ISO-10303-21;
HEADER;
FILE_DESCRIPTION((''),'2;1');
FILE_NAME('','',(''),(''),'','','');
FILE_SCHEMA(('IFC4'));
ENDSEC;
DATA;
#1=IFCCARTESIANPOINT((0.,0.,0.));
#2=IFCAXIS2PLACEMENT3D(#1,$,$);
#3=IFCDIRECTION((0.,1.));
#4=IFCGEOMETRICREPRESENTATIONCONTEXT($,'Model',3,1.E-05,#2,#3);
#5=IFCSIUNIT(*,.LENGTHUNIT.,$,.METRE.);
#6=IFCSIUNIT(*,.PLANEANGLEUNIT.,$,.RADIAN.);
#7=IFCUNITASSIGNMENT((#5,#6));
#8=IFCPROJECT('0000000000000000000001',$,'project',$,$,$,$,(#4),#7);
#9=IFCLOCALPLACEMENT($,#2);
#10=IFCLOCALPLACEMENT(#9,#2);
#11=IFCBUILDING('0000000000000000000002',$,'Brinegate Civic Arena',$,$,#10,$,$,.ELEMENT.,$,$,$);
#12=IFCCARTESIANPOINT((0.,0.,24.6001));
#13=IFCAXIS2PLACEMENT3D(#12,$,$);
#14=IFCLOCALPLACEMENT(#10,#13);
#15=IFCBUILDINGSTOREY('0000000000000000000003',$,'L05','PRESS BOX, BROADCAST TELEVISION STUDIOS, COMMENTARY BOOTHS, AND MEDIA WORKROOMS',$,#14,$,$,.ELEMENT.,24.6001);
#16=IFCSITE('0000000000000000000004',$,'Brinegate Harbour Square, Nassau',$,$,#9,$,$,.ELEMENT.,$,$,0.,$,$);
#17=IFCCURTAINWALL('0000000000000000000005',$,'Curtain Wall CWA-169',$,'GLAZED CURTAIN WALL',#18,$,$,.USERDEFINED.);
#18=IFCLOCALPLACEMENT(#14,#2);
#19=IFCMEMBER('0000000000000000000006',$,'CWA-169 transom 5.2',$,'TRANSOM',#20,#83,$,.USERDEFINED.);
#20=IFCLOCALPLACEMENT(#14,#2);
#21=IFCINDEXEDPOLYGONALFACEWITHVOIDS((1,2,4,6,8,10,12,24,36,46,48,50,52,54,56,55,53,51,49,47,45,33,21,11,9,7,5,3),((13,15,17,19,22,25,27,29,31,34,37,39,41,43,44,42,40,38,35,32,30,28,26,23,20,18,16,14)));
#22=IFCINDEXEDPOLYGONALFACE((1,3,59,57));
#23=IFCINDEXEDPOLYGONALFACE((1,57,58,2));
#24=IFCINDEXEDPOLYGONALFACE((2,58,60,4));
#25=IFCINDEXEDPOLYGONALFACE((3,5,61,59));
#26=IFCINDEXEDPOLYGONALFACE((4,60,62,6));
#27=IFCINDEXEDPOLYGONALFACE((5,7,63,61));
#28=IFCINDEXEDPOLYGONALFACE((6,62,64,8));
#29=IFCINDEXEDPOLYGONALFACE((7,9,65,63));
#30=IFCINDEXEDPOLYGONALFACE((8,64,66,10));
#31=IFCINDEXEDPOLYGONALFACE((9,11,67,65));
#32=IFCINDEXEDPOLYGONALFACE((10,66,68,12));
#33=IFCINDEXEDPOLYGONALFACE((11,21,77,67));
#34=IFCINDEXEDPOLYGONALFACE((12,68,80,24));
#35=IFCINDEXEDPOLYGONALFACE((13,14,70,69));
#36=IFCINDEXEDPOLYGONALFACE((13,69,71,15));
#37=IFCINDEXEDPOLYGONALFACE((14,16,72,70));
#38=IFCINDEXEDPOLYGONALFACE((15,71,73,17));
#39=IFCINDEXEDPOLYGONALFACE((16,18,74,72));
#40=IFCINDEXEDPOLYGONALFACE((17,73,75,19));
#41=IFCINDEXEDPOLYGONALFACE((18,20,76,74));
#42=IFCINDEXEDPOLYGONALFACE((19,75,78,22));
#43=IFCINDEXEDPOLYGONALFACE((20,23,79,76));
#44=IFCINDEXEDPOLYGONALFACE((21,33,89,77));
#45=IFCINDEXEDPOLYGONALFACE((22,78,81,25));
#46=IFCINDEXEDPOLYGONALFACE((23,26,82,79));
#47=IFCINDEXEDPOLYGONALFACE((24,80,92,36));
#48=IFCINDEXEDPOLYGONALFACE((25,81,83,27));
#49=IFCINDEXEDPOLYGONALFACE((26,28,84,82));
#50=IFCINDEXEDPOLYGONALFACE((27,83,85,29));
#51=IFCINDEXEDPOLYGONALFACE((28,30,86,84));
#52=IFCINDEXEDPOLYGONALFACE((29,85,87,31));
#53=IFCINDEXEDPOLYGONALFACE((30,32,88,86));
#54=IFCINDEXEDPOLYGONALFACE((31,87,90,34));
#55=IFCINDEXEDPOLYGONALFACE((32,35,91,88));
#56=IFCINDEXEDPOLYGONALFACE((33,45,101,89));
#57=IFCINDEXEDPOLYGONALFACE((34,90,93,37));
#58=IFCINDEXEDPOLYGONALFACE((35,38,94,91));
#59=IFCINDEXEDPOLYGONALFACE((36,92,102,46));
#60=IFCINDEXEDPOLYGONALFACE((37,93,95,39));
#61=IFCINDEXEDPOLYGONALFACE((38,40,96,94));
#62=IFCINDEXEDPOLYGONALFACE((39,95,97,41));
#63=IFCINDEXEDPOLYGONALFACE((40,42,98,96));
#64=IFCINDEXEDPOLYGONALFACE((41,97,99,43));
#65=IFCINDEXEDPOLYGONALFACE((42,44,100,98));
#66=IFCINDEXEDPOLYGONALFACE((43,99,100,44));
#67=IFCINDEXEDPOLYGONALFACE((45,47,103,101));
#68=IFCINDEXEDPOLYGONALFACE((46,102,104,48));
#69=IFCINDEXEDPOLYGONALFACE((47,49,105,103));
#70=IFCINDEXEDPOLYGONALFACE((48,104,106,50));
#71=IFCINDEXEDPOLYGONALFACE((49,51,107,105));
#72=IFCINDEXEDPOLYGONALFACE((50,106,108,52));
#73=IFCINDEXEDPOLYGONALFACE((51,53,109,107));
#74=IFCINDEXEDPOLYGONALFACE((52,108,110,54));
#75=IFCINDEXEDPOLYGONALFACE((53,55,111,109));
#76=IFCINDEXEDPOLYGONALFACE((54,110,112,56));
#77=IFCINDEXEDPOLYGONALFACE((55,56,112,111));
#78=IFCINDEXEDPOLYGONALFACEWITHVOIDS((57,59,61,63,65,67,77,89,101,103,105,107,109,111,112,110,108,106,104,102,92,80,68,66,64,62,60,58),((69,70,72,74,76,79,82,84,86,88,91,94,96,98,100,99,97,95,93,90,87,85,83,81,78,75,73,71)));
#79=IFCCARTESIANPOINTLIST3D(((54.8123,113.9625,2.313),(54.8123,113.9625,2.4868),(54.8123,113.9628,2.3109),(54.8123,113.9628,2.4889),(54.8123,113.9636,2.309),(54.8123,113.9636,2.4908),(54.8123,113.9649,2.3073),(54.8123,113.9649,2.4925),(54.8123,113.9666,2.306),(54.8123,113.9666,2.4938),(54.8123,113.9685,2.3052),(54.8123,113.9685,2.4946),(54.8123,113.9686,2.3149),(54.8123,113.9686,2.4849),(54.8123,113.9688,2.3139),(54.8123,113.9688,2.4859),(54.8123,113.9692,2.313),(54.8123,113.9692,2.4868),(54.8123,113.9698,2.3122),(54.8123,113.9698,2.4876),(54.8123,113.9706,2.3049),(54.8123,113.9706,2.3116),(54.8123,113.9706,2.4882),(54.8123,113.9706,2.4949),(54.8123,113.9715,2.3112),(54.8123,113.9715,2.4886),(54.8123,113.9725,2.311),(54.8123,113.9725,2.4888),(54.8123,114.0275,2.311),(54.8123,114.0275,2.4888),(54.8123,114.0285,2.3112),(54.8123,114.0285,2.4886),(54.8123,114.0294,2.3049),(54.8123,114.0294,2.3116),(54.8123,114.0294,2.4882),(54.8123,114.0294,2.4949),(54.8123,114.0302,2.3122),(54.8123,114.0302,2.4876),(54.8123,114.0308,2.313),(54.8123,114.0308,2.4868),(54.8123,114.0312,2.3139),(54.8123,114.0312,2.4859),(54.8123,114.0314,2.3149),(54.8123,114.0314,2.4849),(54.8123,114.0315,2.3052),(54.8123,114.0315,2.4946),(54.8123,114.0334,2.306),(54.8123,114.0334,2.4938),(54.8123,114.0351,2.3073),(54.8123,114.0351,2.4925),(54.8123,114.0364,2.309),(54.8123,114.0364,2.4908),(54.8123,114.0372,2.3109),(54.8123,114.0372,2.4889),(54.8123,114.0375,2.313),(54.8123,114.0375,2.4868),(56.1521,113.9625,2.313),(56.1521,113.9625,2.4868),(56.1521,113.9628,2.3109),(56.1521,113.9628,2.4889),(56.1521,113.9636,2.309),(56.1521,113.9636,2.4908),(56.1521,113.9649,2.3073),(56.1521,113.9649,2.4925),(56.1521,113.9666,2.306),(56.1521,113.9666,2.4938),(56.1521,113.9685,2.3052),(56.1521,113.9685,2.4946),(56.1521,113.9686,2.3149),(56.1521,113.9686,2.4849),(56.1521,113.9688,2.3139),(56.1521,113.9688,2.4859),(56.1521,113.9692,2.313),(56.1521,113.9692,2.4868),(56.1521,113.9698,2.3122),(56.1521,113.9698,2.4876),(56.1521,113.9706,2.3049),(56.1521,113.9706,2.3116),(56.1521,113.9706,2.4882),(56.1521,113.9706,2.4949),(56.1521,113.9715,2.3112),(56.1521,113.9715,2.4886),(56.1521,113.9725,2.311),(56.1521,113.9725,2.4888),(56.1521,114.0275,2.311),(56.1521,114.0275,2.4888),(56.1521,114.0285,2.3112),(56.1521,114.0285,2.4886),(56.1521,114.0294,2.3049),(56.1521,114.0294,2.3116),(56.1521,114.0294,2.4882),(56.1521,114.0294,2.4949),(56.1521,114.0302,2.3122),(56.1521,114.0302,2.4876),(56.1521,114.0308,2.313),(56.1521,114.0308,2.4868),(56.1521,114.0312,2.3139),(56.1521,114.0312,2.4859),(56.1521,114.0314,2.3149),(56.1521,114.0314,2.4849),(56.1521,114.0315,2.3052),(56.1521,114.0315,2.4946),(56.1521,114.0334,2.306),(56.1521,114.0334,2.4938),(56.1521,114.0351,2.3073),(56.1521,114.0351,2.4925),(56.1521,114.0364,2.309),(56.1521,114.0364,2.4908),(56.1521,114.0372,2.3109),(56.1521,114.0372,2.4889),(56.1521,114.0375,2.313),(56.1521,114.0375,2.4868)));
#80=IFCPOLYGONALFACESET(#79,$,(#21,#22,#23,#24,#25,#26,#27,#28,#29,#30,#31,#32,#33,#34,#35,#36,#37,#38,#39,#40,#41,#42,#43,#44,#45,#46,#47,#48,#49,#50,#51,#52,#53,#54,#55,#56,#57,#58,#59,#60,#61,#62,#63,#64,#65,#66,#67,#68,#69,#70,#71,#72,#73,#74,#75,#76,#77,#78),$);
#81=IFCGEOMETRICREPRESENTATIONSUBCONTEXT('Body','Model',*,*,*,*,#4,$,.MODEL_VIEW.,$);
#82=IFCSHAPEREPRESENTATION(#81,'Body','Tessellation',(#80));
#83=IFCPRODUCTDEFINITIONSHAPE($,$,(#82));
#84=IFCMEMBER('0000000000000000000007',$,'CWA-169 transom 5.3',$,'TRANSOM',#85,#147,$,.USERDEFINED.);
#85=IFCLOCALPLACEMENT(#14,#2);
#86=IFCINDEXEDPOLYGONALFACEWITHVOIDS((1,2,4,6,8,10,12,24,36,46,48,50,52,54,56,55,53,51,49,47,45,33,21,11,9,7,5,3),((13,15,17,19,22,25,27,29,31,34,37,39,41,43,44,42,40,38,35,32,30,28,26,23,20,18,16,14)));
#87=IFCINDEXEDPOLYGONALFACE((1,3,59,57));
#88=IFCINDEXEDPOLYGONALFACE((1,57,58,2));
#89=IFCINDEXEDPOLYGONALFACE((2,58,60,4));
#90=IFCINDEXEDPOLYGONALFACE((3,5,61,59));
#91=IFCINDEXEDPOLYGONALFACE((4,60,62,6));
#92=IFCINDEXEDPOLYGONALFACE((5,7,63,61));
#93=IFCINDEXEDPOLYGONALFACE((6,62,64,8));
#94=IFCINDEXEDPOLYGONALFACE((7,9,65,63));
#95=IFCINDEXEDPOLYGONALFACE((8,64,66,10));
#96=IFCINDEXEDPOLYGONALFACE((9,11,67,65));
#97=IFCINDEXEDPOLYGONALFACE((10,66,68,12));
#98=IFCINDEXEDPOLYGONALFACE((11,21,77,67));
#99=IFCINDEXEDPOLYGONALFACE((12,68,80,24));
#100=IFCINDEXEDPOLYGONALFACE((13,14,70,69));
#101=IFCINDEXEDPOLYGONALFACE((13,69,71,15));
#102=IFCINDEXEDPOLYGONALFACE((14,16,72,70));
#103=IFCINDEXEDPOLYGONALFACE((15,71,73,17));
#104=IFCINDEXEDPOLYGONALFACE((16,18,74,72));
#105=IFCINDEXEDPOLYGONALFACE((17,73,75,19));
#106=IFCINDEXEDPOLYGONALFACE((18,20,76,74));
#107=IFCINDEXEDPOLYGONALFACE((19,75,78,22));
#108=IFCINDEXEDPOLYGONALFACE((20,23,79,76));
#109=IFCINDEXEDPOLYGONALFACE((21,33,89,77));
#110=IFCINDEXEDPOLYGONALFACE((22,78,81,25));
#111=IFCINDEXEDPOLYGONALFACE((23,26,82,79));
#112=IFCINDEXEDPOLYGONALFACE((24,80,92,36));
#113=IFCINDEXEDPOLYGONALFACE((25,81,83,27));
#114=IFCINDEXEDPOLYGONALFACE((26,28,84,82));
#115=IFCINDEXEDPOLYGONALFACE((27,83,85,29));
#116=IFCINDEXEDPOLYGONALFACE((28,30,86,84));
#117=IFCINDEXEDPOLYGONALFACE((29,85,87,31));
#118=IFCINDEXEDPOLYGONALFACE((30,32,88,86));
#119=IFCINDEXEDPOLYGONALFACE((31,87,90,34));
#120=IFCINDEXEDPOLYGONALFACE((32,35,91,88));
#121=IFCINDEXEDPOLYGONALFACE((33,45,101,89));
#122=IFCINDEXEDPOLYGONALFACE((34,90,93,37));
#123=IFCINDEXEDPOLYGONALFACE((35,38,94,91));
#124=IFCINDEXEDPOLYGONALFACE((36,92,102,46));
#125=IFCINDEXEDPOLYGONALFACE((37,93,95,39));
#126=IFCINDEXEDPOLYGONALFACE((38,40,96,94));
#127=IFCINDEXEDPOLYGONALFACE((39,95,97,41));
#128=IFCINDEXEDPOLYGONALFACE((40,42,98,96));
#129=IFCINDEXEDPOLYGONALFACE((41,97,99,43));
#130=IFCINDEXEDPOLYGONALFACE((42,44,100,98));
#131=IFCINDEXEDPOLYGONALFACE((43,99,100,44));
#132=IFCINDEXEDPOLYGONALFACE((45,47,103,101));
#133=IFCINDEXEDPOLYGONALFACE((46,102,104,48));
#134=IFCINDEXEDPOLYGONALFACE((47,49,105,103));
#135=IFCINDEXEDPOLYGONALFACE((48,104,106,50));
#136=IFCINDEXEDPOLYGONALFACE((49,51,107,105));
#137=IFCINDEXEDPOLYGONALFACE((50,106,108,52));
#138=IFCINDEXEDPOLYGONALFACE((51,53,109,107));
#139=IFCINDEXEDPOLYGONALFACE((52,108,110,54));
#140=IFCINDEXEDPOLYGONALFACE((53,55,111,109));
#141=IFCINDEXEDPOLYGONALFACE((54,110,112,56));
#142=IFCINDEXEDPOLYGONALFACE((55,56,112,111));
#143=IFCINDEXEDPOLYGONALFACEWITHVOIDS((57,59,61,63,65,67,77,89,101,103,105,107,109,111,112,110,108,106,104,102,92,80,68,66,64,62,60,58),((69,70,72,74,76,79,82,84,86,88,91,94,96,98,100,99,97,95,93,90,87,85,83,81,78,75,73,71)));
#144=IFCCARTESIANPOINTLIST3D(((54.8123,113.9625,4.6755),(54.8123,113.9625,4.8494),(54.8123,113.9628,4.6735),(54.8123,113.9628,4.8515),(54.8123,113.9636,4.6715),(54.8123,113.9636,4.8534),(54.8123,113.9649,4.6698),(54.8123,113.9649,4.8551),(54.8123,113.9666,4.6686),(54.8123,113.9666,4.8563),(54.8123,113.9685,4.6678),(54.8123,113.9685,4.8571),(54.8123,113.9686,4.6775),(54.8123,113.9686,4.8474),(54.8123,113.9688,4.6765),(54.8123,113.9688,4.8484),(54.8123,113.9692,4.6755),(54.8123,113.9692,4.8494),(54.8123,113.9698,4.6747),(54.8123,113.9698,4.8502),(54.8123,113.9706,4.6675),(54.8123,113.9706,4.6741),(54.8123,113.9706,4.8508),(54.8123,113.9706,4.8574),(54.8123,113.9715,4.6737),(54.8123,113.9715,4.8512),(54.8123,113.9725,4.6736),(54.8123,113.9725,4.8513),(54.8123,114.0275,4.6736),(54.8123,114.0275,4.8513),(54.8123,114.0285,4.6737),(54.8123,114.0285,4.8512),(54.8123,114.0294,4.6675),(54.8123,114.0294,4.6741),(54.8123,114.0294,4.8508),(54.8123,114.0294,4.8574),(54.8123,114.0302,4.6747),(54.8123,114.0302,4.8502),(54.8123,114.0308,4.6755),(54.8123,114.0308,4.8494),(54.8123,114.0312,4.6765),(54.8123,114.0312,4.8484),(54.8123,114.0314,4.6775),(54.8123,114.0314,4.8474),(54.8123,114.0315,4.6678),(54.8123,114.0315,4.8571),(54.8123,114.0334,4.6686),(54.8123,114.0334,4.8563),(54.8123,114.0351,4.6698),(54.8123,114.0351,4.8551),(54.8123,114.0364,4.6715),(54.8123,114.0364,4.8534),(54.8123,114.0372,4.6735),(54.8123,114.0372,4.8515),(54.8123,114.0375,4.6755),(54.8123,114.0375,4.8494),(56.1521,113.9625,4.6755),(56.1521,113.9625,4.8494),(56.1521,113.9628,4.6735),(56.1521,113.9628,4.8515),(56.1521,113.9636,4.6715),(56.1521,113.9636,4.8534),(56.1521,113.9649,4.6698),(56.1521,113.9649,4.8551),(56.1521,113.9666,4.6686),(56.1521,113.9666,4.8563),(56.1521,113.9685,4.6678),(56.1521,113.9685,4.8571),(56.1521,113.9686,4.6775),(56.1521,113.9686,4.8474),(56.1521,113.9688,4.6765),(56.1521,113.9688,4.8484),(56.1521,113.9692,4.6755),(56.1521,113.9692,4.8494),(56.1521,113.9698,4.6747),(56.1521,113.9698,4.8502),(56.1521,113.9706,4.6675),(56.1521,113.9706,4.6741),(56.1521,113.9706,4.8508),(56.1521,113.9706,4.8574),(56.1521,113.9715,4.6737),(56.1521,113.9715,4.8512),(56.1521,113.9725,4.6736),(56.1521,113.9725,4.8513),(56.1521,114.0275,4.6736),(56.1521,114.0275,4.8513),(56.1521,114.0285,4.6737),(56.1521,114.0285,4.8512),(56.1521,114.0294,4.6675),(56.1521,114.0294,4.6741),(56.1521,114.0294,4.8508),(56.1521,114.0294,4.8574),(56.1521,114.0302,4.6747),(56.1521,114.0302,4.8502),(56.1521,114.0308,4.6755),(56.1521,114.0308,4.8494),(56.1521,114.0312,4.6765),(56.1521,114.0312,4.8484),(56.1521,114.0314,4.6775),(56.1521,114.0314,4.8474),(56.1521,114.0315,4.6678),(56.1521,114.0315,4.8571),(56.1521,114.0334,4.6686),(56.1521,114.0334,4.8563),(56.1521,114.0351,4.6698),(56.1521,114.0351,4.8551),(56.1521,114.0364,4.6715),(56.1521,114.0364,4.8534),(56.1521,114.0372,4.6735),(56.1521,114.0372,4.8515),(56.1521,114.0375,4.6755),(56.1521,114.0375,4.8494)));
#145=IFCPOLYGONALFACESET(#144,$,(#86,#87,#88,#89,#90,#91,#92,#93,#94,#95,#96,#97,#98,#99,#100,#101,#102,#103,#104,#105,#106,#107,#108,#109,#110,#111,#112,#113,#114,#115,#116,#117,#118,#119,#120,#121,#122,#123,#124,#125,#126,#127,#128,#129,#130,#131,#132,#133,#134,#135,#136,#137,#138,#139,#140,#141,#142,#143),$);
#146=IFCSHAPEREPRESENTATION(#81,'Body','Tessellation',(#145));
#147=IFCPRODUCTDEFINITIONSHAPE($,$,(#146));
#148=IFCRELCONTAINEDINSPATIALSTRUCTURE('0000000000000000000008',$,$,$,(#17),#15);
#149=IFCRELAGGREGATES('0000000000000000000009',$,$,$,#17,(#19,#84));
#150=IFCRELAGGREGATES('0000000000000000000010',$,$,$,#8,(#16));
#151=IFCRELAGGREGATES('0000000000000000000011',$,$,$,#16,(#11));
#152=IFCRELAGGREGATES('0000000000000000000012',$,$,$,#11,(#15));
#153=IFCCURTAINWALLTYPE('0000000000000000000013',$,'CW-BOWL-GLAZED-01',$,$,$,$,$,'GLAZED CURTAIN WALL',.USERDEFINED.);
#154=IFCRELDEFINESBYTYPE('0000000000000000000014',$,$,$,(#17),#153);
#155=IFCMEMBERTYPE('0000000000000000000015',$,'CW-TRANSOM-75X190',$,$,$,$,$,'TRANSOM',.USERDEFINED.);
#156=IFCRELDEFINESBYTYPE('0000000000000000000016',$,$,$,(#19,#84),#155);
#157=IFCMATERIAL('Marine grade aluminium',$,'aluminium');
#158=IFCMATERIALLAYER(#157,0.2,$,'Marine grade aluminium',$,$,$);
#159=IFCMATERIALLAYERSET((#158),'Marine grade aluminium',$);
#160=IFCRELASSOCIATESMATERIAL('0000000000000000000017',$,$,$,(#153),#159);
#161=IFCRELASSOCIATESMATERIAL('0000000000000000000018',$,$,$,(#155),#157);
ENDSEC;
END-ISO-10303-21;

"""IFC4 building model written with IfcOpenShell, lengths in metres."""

from ifc_helpers import new_model, si_unit, direction, frame, origin, origin_2d, place, context, subcontext, project, spatial, hollow_rectangle, extrude, material, layer, layer_set, material_profile, profile_set, type_object, element, aggregate, save


model = new_model("IFC4")

# Units and contexts
model_context = context("Model", 3, precision=1e-05, world=origin(), true_north=direction((0.0, 1.0)))
body_context = subcontext(model_context, "Body", "Model", "MODEL_VIEW")
ifc_project = project(units=[si_unit("LENGTHUNIT", "METRE"), si_unit("PLANEANGLEUNIT", "RADIAN")], contexts=[model_context])

# Site, building, storey
site_placement = place(None, origin())
site = spatial("IfcSite", under=ifc_project, at=site_placement, Name="Brinegate Harbour Square, Nassau", CompositionType="ELEMENT", RefElevation=0.0)
building_placement = place(site_placement, origin())
building = spatial("IfcBuilding", under=site, at=building_placement, Name="Brinegate Civic Arena", CompositionType="ELEMENT")
storey_placement = place(building_placement, frame((0.0, 0.0, 24.6001)))
storey = spatial("IfcBuildingStorey", under=building, at=storey_placement, Name="L05", Description="PRESS BOX, BROADCAST TELEVISION STUDIOS, COMMENTARY BOOTHS, AND MEDIA WORKROOMS", CompositionType="ELEMENT", Elevation=24.6001)

# Shared definitions
ifc_material_1 = material(Name="Marine grade aluminium", Category="aluminium")
ifc_layer_1 = layer(ifc_material_1, 0.2, Name="Marine grade aluminium")
ifc_layer_set_1 = layer_set([ifc_layer_1], Name="Marine grade aluminium")
curtain_wall_type = type_object("IfcCurtainWallType", Name="CW-BOWL-GLAZED-01", ElementType="GLAZED CURTAIN WALL", PredefinedType="USERDEFINED", material=ifc_layer_set_1)

# Curtain wall
curtain_wall_1_placement = place(storey_placement, origin())
curtain_wall_1 = element("IfcCurtainWall", 1, at=curtain_wall_1_placement, inside=storey, type_object=curtain_wall_type, Name="Curtain Wall CWA-169", ObjectType="GLAZED CURTAIN WALL", PredefinedType="USERDEFINED")

# Members
ifc_material_profile_1 = material_profile(ifc_material_1, hollow_rectangle(XDim=0.075, YDim=0.1899, WallThickness=0.0061, InnerFilletRadius=0.0039, OuterFilletRadius=0.0081, at=origin_2d()), Name="TRN75X190")
ifc_profile_set_1 = profile_set([ifc_material_profile_1], Name="Marine grade aluminium")
member_type_1 = type_object("IfcMemberType", Name="CW-TRANSOM-75X190", ElementType="TRANSOM", PredefinedType="USERDEFINED", material=ifc_profile_set_1)
member_1_placement = place(storey_placement, frame((54.8123, 114.0, 2.3999), z_axis=(1.0, 0.0, 0.0), x_axis=(0.0, 1.0, 0.0)))
member_1 = element("IfcMember", 2, at=member_1_placement, type_object=member_type_1, Name="CWA-169 transom 5.2", ObjectType="TRANSOM", PredefinedType="USERDEFINED", context=body_context, shape_type="SweptSolid", body=[
    extrude(hollow_rectangle(XDim=0.075, YDim=0.1899, WallThickness=0.0061, InnerFilletRadius=0.0039, OuterFilletRadius=0.0081, at=origin_2d()), origin(), (0.0, 0.0, 1.0), 1.3398),
])
member_2_placement = place(storey_placement, frame((54.8123, 114.0, 4.7625), z_axis=(1.0, 0.0, 0.0), x_axis=(0.0, 1.0, 0.0)))
member_2 = element("IfcMember", 3, at=member_2_placement, type_object=member_type_1, Name="CWA-169 transom 5.3", ObjectType="TRANSOM", PredefinedType="USERDEFINED", context=body_context, shape_type="SweptSolid", body=[
    extrude(hollow_rectangle(XDim=0.075, YDim=0.1899, WallThickness=0.0061, InnerFilletRadius=0.0039, OuterFilletRadius=0.0081, at=origin_2d()), origin(), (0.0, 0.0, 1.0), 1.3398),
])

aggregate(curtain_wall_1, [member_1, member_2])

save(model, "model.ifc")
